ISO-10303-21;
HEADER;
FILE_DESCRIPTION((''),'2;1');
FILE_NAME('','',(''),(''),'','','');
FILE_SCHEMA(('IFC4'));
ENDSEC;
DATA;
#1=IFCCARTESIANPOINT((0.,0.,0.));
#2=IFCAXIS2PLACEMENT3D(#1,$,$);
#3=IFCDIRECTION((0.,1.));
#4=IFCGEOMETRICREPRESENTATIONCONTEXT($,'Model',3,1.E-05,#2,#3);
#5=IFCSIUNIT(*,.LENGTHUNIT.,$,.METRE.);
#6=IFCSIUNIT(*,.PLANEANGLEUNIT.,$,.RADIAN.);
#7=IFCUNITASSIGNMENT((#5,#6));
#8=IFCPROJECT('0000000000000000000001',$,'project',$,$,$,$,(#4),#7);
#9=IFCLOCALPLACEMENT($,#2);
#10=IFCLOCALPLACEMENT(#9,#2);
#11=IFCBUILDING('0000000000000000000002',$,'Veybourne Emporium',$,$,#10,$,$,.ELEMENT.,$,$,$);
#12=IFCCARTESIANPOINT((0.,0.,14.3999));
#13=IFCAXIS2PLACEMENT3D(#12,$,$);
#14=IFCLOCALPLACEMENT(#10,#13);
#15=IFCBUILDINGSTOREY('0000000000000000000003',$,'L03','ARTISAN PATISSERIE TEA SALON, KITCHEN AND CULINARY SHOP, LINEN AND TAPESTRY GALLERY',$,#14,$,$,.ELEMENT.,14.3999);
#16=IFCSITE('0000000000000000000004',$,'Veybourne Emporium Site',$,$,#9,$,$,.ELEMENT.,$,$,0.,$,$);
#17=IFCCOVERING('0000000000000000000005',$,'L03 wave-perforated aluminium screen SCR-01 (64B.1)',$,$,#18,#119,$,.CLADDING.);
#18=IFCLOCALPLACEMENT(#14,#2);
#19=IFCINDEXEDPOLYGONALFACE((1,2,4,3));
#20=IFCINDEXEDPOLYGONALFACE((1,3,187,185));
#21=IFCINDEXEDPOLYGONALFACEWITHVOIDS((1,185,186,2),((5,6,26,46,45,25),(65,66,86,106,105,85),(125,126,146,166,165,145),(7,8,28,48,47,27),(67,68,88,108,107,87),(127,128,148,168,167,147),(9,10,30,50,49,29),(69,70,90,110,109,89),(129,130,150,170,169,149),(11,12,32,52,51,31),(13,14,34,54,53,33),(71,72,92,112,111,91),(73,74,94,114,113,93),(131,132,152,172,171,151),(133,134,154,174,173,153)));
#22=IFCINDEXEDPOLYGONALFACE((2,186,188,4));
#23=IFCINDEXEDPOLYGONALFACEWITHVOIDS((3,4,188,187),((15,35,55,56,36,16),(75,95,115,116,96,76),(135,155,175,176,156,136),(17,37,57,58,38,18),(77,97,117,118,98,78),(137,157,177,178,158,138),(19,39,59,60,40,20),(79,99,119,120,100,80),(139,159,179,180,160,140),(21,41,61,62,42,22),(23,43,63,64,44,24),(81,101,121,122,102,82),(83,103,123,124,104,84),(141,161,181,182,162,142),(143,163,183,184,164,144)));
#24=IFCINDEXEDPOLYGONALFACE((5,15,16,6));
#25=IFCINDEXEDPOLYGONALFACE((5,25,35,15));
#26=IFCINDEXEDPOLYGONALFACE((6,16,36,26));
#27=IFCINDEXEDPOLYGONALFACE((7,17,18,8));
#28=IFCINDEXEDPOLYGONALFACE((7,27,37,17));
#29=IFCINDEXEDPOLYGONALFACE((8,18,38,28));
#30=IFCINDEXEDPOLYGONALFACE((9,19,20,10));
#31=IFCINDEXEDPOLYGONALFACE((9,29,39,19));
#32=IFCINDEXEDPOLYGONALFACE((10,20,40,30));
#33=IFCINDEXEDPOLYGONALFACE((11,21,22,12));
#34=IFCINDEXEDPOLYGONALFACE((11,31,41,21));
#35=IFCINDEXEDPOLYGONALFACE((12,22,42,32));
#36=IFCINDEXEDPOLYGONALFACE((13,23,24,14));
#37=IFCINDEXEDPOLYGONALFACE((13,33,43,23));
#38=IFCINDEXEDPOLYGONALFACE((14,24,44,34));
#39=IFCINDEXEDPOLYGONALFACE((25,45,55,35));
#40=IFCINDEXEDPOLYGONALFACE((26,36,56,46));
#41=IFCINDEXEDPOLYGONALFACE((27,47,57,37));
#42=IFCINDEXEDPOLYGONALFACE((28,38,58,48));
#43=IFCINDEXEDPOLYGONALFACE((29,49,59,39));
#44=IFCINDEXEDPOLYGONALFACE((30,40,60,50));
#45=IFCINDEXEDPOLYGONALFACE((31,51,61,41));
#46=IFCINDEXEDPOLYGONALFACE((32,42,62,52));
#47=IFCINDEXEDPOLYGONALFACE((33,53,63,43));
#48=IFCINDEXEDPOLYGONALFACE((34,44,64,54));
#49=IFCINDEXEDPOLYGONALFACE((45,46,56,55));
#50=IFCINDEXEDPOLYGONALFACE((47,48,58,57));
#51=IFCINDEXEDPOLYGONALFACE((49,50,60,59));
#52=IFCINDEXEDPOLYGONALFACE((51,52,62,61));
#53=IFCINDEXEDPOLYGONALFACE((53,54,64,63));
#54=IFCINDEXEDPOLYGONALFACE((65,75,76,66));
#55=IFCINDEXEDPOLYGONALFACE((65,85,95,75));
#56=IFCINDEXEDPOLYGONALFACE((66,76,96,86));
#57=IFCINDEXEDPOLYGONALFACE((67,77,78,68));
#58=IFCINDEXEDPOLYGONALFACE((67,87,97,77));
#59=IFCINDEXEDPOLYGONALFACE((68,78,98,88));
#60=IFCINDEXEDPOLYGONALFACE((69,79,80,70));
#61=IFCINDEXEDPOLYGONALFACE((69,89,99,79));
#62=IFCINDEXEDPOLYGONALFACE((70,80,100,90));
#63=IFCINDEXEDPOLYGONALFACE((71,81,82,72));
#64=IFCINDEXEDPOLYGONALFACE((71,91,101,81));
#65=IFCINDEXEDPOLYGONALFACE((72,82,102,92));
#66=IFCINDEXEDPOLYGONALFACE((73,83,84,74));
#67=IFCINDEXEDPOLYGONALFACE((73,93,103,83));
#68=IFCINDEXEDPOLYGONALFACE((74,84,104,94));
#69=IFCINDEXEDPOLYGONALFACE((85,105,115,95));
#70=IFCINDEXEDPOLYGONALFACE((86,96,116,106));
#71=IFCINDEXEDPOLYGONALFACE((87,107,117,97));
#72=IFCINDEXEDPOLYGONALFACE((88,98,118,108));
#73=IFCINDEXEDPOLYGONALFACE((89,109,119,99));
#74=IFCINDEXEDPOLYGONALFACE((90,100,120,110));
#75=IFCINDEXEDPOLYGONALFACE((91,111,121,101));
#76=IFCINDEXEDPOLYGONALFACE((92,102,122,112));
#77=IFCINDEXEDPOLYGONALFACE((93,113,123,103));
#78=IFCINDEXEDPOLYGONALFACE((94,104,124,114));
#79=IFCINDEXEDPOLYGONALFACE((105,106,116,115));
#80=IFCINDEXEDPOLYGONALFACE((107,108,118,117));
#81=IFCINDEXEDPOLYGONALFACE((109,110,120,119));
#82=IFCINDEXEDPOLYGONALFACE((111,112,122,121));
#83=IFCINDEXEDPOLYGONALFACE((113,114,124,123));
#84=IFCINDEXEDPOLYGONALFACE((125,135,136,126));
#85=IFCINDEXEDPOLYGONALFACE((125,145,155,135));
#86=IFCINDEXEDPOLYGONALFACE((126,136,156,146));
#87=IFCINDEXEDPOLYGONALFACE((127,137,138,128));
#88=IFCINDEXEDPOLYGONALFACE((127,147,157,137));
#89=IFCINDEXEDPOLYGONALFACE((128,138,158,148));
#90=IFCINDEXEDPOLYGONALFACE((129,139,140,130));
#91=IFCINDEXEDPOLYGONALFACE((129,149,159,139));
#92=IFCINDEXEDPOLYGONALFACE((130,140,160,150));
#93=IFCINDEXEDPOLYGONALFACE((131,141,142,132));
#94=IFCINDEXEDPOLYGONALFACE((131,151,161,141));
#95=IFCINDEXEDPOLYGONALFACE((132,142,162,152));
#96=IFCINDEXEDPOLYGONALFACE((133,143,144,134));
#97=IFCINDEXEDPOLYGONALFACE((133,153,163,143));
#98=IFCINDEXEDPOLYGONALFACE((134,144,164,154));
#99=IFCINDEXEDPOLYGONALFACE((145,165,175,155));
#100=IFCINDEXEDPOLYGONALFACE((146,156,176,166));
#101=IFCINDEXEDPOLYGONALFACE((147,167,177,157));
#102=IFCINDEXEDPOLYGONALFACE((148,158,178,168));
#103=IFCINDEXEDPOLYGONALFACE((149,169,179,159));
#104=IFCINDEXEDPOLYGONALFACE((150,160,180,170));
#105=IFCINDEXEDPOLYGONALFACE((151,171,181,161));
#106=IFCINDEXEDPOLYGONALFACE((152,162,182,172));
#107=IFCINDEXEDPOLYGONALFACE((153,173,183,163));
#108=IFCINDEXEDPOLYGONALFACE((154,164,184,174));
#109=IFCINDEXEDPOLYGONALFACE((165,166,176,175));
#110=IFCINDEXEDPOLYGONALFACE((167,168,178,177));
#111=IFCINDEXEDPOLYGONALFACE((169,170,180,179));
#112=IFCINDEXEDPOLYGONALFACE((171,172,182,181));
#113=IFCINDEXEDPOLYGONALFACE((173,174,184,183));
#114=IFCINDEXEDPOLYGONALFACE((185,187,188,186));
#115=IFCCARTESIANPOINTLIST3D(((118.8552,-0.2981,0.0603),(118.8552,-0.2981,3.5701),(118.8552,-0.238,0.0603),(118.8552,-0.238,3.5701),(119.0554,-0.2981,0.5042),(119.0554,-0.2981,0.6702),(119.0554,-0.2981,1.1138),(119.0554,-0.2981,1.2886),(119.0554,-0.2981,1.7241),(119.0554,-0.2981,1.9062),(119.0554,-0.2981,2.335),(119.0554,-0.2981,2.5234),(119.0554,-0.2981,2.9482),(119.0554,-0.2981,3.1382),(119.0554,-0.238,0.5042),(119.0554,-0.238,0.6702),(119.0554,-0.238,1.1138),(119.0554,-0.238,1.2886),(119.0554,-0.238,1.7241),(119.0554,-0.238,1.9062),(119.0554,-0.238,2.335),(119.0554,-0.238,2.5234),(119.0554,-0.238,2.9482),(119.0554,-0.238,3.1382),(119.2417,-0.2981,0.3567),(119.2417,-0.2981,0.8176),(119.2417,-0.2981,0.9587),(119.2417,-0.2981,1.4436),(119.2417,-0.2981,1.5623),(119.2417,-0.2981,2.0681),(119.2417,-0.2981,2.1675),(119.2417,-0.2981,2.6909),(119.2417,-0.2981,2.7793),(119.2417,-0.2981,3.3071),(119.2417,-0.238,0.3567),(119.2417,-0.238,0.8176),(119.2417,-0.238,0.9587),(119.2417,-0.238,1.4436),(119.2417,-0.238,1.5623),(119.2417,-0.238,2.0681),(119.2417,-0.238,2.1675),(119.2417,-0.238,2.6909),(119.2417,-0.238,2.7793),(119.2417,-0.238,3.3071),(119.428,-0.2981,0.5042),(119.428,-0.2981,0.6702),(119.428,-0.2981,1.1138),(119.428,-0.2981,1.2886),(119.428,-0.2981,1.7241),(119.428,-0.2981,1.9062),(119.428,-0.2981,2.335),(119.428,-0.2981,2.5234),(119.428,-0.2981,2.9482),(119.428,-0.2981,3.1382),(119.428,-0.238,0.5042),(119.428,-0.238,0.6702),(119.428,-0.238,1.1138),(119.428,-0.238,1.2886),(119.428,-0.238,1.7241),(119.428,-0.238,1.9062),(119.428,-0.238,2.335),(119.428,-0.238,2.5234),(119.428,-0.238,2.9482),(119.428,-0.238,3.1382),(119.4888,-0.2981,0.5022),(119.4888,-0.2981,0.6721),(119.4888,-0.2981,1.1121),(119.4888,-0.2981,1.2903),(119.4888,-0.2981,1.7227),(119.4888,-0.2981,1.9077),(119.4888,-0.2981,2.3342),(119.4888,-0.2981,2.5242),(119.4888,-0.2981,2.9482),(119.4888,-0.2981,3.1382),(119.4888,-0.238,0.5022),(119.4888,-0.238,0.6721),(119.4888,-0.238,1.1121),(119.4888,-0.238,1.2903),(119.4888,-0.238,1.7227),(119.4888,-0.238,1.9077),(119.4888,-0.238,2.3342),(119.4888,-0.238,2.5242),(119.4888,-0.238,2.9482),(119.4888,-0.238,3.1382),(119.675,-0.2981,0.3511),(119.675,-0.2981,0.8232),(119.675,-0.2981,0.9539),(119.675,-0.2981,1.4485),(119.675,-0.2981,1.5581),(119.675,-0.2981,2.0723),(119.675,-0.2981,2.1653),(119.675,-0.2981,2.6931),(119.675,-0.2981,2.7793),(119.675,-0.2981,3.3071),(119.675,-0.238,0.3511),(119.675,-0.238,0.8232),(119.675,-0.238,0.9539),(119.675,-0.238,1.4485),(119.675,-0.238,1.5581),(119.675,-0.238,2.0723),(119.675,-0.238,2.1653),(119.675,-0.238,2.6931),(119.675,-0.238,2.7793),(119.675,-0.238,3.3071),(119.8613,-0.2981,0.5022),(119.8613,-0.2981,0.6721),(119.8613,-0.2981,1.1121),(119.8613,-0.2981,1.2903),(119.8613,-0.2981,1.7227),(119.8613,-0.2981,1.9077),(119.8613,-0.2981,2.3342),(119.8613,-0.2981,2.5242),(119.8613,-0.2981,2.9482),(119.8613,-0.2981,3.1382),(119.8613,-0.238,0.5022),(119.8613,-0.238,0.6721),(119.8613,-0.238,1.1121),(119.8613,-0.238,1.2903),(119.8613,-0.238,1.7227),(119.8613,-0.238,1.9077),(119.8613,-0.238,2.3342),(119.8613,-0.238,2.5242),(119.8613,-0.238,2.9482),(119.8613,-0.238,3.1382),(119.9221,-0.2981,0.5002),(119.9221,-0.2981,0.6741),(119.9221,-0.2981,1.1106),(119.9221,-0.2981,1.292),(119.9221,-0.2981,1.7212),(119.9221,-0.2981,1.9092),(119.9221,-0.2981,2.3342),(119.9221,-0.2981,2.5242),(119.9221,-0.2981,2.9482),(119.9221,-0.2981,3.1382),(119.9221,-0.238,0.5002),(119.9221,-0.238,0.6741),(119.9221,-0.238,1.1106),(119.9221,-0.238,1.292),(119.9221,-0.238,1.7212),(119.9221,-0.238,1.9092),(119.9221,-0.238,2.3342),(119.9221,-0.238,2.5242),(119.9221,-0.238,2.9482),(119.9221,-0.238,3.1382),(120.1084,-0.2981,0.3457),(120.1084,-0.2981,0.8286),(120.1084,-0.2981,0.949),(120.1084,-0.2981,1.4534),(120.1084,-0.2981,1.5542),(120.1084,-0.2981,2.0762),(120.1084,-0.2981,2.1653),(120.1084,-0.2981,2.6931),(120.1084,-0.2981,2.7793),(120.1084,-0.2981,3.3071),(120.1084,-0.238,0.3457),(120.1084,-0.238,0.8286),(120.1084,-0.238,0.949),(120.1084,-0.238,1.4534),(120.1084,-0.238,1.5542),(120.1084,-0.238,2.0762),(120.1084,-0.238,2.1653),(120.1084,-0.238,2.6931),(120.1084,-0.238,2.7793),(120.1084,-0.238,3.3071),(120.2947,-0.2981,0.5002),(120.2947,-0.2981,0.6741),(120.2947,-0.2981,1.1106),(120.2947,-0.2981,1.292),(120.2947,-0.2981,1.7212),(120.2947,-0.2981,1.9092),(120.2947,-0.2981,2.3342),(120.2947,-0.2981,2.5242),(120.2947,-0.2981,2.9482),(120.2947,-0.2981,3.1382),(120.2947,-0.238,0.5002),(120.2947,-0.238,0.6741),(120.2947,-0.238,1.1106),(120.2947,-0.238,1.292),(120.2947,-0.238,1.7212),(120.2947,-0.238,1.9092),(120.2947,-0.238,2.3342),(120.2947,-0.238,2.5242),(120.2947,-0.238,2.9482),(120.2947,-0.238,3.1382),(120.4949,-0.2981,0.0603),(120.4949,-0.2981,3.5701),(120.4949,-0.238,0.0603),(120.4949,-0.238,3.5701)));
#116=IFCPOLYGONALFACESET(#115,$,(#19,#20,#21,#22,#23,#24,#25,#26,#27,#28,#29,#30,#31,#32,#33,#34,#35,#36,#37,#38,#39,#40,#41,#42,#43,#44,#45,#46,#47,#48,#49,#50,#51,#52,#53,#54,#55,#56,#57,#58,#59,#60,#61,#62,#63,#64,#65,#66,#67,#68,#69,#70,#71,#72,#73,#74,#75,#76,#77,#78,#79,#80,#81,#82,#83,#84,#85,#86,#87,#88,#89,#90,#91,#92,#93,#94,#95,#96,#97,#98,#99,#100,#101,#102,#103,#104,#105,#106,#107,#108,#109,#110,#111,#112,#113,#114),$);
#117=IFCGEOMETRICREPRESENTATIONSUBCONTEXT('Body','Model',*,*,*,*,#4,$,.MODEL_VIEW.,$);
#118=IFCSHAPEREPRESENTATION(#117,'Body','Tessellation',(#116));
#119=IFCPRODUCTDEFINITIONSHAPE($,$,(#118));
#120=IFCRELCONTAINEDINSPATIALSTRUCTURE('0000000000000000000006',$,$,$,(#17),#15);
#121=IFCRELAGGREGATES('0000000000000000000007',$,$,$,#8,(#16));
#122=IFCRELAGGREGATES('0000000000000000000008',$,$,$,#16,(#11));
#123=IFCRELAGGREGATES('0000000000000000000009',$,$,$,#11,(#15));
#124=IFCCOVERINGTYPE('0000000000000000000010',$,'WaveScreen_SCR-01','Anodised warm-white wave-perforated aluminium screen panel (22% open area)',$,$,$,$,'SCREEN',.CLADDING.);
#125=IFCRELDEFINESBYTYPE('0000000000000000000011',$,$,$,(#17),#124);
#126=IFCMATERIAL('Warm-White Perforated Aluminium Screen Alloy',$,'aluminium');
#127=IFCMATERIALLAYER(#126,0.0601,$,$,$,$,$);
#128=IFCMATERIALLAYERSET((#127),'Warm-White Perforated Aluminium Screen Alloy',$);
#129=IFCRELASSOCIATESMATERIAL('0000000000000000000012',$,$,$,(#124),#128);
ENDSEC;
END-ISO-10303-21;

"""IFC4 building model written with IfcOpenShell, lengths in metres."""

from ifc_helpers import new_model, si_unit, direction, frame, origin, place, context, subcontext, project, spatial, polyline, outline, extrude, material, layer, layer_set, type_object, element, save


model = new_model("IFC4")

# Units and contexts
model_context = context("Model", 3, precision=1e-05, world=origin(), true_north=direction((0.0, 1.0)))
body_context = subcontext(model_context, "Body", "Model", "MODEL_VIEW")
ifc_project = project(units=[si_unit("LENGTHUNIT", "METRE"), si_unit("PLANEANGLEUNIT", "RADIAN")], contexts=[model_context])

# Site, building, storey
site_placement = place(None, origin())
site = spatial("IfcSite", under=ifc_project, at=site_placement, Name="Veybourne Emporium Site", CompositionType="ELEMENT", RefElevation=0.0)
building_placement = place(site_placement, origin())
building = spatial("IfcBuilding", under=site, at=building_placement, Name="Veybourne Emporium", CompositionType="ELEMENT")
storey_placement = place(building_placement, frame((0.0, 0.0, 14.3999)))
storey = spatial("IfcBuildingStorey", under=building, at=storey_placement, Name="L03", Description="ARTISAN PATISSERIE TEA SALON, KITCHEN AND CULINARY SHOP, LINEN AND TAPESTRY GALLERY", CompositionType="ELEMENT", Elevation=14.3999)

# Covering
ifc_material_1 = material(Name="Warm-White Perforated Aluminium Screen Alloy", Category="aluminium")
ifc_layer_1 = layer(ifc_material_1, 0.0601)
ifc_layer_set_1 = layer_set([ifc_layer_1], Name="Warm-White Perforated Aluminium Screen Alloy")
covering_type_1 = type_object("IfcCoveringType", Name="WaveScreen_SCR-01", Description="Anodised warm-white wave-perforated aluminium screen panel (22% open area)", ElementType="SCREEN", PredefinedType="CLADDING", material=ifc_layer_set_1)
covering_1_placement = place(storey_placement, frame((119.675, -0.2981, 1.8152), z_axis=(0.0, 1.0, 0.0), x_axis=(-1.0, 0.0, 0.0)))
element("IfcCovering", 1, at=covering_1_placement, inside=storey, type_object=covering_type_1, Name="L03 wave-perforated aluminium screen SCR-01 (64B.1)", PredefinedType="CLADDING", context=body_context, shape_type="SweptSolid", body=[
    extrude(outline(polyline([(-0.8198, -1.7549), (0.8198, -1.7549), (0.8198, 1.7549), (-0.8198, 1.7549), (-0.8198, -1.7549)]), holes=[polyline([(-0.4333, -0.9866), (-0.2471, -1.1411), (-0.2471, -1.3149), (-0.4333, -1.4695), (-0.6196, -1.3149), (-0.6196, -1.1411), (-0.4333, -0.9866)]), polyline([(-0.4333, -0.3618), (-0.2471, -0.5232), (-0.2471, -0.7046), (-0.4333, -0.8662), (-0.6196, -0.7046), (-0.6196, -0.5232), (-0.4333, -0.3618)]), polyline([(-0.4333, 0.261), (-0.2471, 0.094), (-0.2471, -0.094), (-0.4333, -0.261), (-0.6196, -0.094), (-0.6196, 0.094), (-0.4333, 0.261)]), polyline([(-0.4333, 0.8779), (-0.2471, 0.709), (-0.2471, 0.519), (-0.4333, 0.3501), (-0.6196, 0.519), (-0.6196, 0.709), (-0.4333, 0.8779)]), polyline([(-0.4333, 1.4919), (-0.2471, 1.323), (-0.2471, 1.1331), (-0.4333, 0.9641), (-0.6196, 1.1331), (-0.6196, 1.323), (-0.4333, 1.4919)]), polyline([(0.0, -0.9919), (0.1863, -1.1431), (0.1863, -1.313), (0.0, -1.4641), (-0.1863, -1.313), (-0.1863, -1.1431), (0.0, -0.9919)]), polyline([(0.0, -0.3667), (0.1863, -0.5249), (0.1863, -0.7031), (0.0, -0.8613), (-0.1863, -0.7031), (-0.1863, -0.5249), (0.0, -0.3667)]), polyline([(0.0, 0.2571), (0.1863, 0.0925), (0.1863, -0.0925), (0.0, -0.2571), (-0.1863, -0.0925), (-0.1863, 0.0925), (0.0, 0.2571)]), polyline([(0.0, 0.8779), (0.1863, 0.709), (0.1863, 0.519), (0.0, 0.3501), (-0.1863, 0.519), (-0.1863, 0.709), (0.0, 0.8779)]), polyline([(0.0, 1.4919), (0.1863, 1.323), (0.1863, 1.1331), (0.0, 0.9641), (-0.1863, 1.1331), (-0.1863, 1.323), (0.0, 1.4919)]), polyline([(0.4333, -0.9976), (0.6196, -1.145), (0.6196, -1.311), (0.4333, -1.4585), (0.2471, -1.311), (0.2471, -1.145), (0.4333, -0.9976)]), polyline([(0.4333, -0.3716), (0.6196, -0.5266), (0.6196, -0.7014), (0.4333, -0.8564), (0.2471, -0.7014), (0.2471, -0.5266), (0.4333, -0.3716)]), polyline([(0.4333, 0.2529), (0.6196, 0.0911), (0.6196, -0.0911), (0.4333, -0.2529), (0.2471, -0.0911), (0.2471, 0.0911), (0.4333, 0.2529)]), polyline([(0.4333, 0.8757), (0.6196, 0.7083), (0.6196, 0.5198), (0.4333, 0.3523), (0.2471, 0.5198), (0.2471, 0.7083), (0.4333, 0.8757)]), polyline([(0.4333, 1.4919), (0.6196, 1.323), (0.6196, 1.1331), (0.4333, 0.9641), (0.2471, 1.1331), (0.2471, 1.323), (0.4333, 1.4919)])]), origin(), (0.0, 0.0, 1.0), 0.0601),
])

save(model, "model.ifc")
